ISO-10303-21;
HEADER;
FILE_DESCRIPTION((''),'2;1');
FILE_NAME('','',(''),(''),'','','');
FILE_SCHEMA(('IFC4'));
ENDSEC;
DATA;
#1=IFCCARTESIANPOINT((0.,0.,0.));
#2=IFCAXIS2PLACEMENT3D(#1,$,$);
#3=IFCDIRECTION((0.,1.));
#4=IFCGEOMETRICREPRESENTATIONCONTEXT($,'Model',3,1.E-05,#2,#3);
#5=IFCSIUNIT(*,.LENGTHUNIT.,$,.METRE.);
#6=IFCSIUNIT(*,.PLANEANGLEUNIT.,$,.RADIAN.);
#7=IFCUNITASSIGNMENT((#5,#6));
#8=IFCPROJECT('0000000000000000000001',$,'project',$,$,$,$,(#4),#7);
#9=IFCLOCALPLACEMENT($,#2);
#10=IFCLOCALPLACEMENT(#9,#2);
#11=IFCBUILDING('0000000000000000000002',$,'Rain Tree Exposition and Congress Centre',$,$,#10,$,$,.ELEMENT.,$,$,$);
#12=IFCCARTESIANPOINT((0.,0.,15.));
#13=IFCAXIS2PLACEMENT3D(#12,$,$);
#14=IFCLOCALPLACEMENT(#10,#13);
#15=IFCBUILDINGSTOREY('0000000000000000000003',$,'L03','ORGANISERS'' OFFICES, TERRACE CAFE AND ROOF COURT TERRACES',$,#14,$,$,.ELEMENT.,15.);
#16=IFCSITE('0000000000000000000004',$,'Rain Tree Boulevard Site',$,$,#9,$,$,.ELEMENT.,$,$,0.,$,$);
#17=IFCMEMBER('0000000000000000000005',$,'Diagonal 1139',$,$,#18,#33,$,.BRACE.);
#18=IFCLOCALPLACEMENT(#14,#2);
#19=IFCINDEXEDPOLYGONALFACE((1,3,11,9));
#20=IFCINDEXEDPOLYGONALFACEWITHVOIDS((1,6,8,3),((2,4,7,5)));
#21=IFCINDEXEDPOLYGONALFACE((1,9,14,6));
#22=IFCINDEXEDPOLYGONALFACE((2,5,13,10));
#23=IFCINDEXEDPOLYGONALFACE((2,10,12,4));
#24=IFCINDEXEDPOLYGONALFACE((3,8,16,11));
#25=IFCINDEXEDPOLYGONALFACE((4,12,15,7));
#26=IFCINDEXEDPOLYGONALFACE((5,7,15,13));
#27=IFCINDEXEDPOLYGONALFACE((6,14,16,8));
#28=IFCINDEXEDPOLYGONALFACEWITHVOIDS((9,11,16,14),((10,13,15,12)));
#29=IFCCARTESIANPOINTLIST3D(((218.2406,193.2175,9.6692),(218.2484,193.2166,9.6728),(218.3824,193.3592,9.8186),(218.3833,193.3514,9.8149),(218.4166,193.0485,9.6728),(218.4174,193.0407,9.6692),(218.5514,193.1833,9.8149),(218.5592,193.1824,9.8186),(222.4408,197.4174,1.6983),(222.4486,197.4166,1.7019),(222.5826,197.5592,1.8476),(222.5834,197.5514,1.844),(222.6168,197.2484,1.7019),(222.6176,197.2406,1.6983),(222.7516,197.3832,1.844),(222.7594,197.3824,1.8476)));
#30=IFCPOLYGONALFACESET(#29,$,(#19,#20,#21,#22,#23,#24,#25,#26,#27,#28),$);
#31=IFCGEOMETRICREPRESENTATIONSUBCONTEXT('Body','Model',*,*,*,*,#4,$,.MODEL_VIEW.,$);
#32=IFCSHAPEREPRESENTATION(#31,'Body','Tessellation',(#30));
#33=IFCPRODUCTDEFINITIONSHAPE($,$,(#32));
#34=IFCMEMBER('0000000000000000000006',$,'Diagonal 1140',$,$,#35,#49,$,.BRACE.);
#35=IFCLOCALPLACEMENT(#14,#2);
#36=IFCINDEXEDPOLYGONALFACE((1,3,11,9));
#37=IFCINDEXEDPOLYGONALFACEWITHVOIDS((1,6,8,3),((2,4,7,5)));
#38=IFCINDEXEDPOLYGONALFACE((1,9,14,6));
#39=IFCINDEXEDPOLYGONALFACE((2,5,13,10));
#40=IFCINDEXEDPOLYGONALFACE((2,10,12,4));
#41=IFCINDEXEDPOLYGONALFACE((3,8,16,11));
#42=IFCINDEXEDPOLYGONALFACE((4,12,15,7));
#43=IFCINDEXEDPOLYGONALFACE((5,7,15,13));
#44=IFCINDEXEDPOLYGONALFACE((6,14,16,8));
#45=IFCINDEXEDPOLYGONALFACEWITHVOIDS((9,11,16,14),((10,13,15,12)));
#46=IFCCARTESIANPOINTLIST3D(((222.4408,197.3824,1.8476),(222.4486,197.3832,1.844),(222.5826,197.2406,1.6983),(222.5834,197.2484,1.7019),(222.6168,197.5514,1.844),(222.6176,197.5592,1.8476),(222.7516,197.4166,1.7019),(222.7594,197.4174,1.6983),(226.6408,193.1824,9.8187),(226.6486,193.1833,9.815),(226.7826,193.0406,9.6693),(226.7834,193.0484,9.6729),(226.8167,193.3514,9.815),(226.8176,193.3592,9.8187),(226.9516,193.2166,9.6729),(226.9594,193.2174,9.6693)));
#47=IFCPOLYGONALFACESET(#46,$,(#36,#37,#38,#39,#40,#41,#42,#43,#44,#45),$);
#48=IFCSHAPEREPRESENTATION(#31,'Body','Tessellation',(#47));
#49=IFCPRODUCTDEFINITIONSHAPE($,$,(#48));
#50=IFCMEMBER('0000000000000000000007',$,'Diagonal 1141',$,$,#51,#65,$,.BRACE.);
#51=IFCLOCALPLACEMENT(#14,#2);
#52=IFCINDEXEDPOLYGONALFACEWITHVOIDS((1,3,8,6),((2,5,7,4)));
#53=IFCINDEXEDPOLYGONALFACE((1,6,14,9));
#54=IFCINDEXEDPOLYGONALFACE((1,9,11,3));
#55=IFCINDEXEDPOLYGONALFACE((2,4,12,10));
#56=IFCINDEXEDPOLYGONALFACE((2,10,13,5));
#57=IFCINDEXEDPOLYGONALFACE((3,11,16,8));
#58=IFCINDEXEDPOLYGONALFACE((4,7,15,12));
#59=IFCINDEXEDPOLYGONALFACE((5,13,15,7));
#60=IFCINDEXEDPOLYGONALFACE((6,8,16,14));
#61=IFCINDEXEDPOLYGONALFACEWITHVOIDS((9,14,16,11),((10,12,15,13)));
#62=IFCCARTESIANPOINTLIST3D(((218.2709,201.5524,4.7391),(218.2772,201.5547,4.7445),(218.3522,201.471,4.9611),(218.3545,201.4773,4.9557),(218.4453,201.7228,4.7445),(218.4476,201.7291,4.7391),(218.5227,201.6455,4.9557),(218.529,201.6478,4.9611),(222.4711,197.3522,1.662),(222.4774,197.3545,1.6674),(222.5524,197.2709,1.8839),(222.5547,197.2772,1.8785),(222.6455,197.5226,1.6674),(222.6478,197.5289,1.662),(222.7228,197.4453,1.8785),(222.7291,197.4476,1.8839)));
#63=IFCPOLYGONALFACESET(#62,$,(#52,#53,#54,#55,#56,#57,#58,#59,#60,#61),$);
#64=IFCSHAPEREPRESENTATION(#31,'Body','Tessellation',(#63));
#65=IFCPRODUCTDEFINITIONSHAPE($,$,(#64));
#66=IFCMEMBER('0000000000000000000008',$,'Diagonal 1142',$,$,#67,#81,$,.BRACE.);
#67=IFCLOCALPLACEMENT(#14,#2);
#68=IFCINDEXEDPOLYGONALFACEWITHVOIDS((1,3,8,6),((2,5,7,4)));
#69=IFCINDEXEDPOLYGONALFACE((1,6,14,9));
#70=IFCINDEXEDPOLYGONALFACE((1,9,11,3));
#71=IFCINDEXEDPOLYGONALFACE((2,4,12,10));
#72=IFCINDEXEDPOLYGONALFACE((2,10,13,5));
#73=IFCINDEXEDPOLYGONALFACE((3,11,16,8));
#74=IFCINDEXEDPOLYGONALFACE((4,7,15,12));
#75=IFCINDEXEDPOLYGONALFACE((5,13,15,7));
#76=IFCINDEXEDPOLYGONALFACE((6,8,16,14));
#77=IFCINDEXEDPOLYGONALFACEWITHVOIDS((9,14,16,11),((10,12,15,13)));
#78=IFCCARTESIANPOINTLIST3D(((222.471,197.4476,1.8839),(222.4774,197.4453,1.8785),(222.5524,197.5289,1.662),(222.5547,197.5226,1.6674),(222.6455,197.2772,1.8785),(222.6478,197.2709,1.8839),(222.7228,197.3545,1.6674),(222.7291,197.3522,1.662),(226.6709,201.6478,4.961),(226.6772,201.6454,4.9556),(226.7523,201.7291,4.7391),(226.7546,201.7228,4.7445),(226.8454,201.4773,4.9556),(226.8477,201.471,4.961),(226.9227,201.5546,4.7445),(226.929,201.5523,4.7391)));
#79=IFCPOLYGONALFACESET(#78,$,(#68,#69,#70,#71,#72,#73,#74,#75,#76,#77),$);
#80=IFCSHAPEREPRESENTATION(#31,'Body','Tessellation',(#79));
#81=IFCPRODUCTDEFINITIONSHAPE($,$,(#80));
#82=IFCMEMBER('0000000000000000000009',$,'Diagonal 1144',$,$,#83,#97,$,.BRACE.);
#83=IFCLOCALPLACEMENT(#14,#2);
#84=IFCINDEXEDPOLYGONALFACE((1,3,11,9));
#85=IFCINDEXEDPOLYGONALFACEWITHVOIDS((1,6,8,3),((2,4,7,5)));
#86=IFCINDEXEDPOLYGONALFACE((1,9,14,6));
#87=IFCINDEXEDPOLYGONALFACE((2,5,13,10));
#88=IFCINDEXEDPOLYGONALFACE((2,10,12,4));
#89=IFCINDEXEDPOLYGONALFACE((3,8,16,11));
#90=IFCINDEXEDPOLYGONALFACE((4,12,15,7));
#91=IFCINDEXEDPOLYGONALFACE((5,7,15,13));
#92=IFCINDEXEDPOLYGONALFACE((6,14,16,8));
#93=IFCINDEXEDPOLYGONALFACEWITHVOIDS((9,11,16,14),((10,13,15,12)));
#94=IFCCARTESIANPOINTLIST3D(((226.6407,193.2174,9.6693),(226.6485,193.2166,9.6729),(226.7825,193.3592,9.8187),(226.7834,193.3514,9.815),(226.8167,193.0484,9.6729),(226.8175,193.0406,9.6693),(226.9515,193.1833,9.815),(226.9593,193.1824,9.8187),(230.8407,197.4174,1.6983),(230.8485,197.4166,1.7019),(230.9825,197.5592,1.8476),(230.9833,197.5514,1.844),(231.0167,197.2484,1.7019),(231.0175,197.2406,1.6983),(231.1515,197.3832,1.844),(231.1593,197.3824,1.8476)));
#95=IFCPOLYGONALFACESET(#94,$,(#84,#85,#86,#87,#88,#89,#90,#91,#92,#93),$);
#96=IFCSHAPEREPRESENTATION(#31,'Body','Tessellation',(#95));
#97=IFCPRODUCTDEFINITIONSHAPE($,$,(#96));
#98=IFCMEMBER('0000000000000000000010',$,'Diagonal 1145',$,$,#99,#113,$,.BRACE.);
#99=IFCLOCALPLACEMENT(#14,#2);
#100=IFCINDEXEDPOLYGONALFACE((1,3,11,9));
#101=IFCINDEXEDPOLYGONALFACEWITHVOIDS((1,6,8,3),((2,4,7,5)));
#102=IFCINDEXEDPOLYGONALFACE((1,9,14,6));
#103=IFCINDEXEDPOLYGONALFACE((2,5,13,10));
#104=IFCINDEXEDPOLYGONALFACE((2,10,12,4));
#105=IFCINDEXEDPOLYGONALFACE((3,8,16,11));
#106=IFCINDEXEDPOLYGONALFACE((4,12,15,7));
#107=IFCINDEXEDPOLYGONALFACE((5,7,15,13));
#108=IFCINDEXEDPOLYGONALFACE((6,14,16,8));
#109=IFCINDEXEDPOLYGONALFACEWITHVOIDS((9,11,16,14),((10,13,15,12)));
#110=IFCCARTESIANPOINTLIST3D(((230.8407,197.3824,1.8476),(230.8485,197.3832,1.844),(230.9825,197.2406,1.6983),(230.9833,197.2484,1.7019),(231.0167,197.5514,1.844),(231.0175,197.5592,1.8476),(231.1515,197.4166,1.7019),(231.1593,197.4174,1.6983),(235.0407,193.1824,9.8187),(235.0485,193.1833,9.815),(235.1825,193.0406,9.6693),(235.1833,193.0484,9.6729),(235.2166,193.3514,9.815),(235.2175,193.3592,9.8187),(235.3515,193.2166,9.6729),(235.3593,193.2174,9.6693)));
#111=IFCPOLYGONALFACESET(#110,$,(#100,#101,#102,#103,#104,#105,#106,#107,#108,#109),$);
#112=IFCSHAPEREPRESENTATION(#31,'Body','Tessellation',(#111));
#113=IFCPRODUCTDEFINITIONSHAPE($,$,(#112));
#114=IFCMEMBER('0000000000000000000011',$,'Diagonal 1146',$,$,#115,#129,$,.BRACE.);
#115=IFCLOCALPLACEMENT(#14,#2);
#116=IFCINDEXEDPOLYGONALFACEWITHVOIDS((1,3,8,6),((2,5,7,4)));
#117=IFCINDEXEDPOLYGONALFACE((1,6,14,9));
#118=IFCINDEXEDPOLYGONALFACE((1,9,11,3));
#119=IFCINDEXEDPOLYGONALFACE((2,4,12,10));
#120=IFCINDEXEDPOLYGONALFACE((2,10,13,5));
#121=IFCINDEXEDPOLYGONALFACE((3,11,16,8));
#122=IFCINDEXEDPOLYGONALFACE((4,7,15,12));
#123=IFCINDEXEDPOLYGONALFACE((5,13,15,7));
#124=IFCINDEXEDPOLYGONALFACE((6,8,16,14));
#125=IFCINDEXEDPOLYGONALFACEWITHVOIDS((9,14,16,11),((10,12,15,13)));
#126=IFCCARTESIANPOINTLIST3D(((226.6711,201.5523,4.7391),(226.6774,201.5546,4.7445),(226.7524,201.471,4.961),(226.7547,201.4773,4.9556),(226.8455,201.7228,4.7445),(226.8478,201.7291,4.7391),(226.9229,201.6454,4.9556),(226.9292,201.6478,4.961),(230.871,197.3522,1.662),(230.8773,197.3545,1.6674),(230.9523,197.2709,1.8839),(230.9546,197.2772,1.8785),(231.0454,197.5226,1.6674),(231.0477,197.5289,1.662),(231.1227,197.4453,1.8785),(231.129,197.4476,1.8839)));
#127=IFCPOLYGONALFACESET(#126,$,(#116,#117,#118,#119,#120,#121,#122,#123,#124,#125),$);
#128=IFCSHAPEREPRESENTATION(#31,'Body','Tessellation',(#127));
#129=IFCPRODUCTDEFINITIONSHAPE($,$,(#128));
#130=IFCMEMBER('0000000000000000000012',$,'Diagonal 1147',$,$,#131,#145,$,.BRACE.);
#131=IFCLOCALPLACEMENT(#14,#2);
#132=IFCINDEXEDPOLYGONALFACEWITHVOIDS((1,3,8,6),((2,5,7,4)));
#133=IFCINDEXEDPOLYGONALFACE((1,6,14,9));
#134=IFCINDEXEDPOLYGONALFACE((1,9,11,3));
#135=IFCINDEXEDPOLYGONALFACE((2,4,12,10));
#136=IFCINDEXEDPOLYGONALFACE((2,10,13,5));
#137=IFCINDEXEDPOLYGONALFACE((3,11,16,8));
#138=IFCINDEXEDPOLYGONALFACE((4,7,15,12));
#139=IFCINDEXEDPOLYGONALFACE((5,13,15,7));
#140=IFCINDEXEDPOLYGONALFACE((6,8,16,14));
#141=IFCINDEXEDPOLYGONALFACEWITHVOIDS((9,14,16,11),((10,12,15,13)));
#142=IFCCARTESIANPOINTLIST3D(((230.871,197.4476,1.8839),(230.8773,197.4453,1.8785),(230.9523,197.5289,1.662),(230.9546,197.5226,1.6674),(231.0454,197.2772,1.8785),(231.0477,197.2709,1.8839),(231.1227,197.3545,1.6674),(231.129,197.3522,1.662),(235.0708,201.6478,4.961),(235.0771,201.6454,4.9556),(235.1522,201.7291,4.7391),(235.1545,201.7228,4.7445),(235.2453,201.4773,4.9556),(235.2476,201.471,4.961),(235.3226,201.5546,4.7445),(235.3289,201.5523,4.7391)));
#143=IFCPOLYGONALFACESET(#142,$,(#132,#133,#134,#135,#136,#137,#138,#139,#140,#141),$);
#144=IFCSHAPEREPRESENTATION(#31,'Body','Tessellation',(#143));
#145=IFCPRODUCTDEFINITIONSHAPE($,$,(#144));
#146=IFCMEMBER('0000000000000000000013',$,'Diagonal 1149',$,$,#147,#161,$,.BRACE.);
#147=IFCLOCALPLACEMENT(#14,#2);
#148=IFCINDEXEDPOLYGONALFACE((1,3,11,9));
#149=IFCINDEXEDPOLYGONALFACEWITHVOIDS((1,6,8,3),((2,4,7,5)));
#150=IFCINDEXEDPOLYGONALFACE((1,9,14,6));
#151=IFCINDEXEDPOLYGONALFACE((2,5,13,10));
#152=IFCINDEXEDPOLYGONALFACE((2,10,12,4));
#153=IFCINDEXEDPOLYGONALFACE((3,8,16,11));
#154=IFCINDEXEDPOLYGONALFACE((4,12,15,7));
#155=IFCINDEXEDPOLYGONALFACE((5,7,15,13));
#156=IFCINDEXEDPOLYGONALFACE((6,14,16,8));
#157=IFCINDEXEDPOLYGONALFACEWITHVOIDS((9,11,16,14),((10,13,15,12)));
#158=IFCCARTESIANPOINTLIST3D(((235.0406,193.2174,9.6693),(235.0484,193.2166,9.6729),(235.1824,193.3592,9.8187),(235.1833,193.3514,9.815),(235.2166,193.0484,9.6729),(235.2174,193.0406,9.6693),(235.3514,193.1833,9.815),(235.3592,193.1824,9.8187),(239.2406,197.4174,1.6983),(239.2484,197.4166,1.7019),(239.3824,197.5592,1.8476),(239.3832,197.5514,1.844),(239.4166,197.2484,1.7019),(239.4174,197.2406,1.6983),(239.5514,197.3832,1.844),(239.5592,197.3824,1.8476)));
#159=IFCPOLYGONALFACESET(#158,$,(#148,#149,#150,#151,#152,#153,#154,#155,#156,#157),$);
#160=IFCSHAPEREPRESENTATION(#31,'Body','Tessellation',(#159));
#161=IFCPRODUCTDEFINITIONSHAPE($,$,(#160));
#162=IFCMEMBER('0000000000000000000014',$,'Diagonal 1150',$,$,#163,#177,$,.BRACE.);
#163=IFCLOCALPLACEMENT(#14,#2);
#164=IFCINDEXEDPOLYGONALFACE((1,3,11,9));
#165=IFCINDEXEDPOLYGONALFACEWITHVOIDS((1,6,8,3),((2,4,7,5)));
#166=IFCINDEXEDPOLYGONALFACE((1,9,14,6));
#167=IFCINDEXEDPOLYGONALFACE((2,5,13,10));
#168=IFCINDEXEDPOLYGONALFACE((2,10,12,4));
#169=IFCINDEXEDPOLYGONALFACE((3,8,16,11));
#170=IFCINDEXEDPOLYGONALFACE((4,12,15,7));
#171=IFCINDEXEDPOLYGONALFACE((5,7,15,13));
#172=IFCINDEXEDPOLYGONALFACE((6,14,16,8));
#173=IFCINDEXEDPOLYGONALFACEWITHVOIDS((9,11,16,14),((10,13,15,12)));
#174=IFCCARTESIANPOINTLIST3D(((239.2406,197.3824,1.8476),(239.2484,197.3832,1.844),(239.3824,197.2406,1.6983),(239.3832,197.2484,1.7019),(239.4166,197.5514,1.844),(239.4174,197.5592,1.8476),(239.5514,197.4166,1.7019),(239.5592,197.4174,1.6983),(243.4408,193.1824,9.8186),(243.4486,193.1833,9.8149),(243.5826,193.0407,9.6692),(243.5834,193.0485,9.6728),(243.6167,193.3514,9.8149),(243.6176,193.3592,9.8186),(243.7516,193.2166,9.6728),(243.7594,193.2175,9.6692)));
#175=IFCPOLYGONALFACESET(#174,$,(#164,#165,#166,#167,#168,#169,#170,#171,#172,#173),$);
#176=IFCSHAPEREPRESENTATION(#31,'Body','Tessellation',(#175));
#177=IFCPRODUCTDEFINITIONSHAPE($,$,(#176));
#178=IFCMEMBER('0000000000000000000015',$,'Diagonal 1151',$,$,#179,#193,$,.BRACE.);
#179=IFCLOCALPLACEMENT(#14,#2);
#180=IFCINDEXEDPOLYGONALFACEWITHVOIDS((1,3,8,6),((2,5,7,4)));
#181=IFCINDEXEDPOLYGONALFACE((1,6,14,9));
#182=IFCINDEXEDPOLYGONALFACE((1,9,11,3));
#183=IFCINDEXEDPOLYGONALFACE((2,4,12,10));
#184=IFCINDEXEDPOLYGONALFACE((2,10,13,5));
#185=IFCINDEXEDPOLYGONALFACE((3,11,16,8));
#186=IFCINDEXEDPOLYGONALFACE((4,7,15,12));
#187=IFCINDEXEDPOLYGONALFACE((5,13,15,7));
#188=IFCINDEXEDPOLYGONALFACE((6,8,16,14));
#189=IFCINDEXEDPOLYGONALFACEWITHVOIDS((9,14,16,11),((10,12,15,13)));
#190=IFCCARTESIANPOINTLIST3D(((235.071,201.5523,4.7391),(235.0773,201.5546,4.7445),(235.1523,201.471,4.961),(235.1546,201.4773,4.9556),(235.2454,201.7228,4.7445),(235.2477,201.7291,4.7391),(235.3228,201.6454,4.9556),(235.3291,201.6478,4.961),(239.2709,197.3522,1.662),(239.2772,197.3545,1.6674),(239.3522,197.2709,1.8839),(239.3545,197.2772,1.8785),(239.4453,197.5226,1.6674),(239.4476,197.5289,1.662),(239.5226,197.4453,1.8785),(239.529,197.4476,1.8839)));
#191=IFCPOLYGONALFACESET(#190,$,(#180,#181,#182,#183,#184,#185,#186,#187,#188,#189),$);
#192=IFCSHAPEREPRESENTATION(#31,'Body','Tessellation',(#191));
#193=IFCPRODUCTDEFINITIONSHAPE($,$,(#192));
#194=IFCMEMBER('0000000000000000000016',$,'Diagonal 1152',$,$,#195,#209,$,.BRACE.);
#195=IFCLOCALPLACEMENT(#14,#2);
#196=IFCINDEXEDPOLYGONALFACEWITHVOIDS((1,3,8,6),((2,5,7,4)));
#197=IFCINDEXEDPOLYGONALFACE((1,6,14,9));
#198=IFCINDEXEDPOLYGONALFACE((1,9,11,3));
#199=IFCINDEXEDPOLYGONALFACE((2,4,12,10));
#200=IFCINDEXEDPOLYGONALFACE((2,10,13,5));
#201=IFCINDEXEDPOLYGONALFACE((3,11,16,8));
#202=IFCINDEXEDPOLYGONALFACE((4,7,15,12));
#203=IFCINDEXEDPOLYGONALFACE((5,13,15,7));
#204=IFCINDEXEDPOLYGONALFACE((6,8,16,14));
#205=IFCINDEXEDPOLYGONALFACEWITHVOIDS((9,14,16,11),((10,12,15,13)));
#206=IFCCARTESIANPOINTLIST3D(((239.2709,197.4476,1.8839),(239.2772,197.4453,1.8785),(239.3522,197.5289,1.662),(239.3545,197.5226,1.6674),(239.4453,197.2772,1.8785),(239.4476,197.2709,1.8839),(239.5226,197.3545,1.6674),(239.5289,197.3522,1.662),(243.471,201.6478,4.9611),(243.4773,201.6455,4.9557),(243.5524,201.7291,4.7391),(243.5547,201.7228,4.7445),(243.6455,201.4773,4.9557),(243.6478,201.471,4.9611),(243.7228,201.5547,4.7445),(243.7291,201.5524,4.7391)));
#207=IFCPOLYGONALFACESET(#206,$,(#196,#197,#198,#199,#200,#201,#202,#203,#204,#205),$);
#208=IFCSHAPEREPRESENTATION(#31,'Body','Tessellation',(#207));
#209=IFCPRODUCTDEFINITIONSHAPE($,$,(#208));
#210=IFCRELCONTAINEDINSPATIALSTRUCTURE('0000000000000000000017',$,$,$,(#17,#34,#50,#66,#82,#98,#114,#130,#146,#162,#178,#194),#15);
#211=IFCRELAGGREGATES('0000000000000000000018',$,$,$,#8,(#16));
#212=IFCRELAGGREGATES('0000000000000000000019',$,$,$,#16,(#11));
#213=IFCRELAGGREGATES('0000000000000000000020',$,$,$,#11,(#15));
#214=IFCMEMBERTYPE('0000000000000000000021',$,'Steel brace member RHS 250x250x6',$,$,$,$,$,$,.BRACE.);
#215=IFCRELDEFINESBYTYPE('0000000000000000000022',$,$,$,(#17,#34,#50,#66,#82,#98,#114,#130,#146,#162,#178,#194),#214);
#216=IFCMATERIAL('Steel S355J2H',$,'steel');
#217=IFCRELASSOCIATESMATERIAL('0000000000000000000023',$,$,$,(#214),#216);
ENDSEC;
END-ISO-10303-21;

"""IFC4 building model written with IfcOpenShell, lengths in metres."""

from ifc_helpers import new_model, si_unit, direction, frame, origin, origin_2d, place, context, subcontext, project, spatial, hollow_rectangle, extrude, material, material_profile, profile_set, type_object, element, save


model = new_model("IFC4")

# Units and contexts
model_context = context("Model", 3, precision=1e-05, world=origin(), true_north=direction((0.0, 1.0)))
body_context = subcontext(model_context, "Body", "Model", "MODEL_VIEW")
ifc_project = project(units=[si_unit("LENGTHUNIT", "METRE"), si_unit("PLANEANGLEUNIT", "RADIAN")], contexts=[model_context])

# Site, building, storey
site_placement = place(None, origin())
site = spatial("IfcSite", under=ifc_project, at=site_placement, Name="Rain Tree Boulevard Site", CompositionType="ELEMENT", RefElevation=0.0)
building_placement = place(site_placement, origin())
building = spatial("IfcBuilding", under=site, at=building_placement, Name="Rain Tree Exposition and Congress Centre", CompositionType="ELEMENT")
storey_placement = place(building_placement, frame((0.0, 0.0, 15.0)))
storey = spatial("IfcBuildingStorey", under=building, at=storey_placement, Name="L03", Description="ORGANISERS' OFFICES, TERRACE CAFE AND ROOF COURT TERRACES", CompositionType="ELEMENT", Elevation=15.0)

# Members
ifc_material_1 = material(Name="Steel S355J2H", Category="steel")
ifc_material_profile_1 = material_profile(ifc_material_1, hollow_rectangle(XDim=0.25, YDim=0.25, WallThickness=0.0061, at=origin_2d()), Name="RHS 250x250x6")
ifc_profile_set_1 = profile_set([ifc_material_profile_1], Name="Steel S355J2H")
member_type_1 = type_object("IfcMemberType", Name="Steel brace member RHS 250x250x6", PredefinedType="BRACE", material=ifc_profile_set_1)
for number, where, z_axis, x_axis, name in (
    (1, (222.6001, 197.3999, 1.7729), (-0.422526, -0.422501, 0.801851), (0.707086, -0.707127, 0.0), "Diagonal 1139"),
    (2, (222.6001, 197.3999, 1.7729), (0.422506, -0.422506, 0.801859), (0.707107, 0.707107, 0.0), "Diagonal 1140"),
):
    element("IfcMember", number, at=place(storey_placement, frame(where, z_axis=z_axis, x_axis=x_axis)), inside=storey, type_object=member_type_1, Name=name, PredefinedType="BRACE", context=body_context, shape_type="SweptSolid", body=[
        extrude(hollow_rectangle(XDim=0.25, YDim=0.25, WallThickness=0.0061, at=origin_2d()), origin(), (0.0, 0.0, 1.0), 9.9407),
    ])
member_1_placement = place(storey_placement, frame((222.6001, 197.3999, 1.7729), z_axis=(-0.62786, 0.62786, 0.459983), x_axis=(-0.707107, -0.707107, 0.0)))
element("IfcMember", 3, at=member_1_placement, inside=storey, type_object=member_type_1, Name="Diagonal 1141", PredefinedType="BRACE", context=body_context, shape_type="SweptSolid", body=[
    extrude(hollow_rectangle(XDim=0.25, YDim=0.25, WallThickness=0.0061, at=origin_2d()), origin(), (0.0, 0.0, 1.0), 6.6897),
])
member_2_placement = place(storey_placement, frame((222.6001, 197.3999, 1.7729), z_axis=(0.627838, 0.627874, 0.459993), x_axis=(-0.707127, 0.707086, 0.0)))
element("IfcMember", 4, at=member_2_placement, inside=storey, type_object=member_type_1, Name="Diagonal 1142", PredefinedType="BRACE", context=body_context, shape_type="SweptSolid", body=[
    extrude(hollow_rectangle(XDim=0.25, YDim=0.25, WallThickness=0.0061, at=origin_2d()), origin(), (0.0, 0.0, 1.0), 6.6895),
])
for number, where, z_axis, x_axis, name in (
    (5, (231.0, 197.3999, 1.7729), (-0.422506, -0.422506, 0.801859), (0.707107, -0.707107, 0.0), "Diagonal 1144"),
    (6, (231.0, 197.3999, 1.7729), (0.422506, -0.422506, 0.801859), (0.707107, 0.707107, 0.0), "Diagonal 1145"),
):
    element("IfcMember", number, at=place(storey_placement, frame(where, z_axis=z_axis, x_axis=x_axis)), inside=storey, type_object=member_type_1, Name=name, PredefinedType="BRACE", context=body_context, shape_type="SweptSolid", body=[
        extrude(hollow_rectangle(XDim=0.25, YDim=0.25, WallThickness=0.0061, at=origin_2d()), origin(), (0.0, 0.0, 1.0), 9.9407),
    ])
for number, where, z_axis, x_axis, name in (
    (7, (231.0, 197.3999, 1.7729), (-0.627838, 0.627874, 0.459993), (-0.707127, -0.707086, 0.0), "Diagonal 1146"),
    (8, (231.0, 197.3999, 1.7729), (0.627838, 0.627874, 0.459993), (-0.707127, 0.707086, 0.0), "Diagonal 1147"),
):
    element("IfcMember", number, at=place(storey_placement, frame(where, z_axis=z_axis, x_axis=x_axis)), inside=storey, type_object=member_type_1, Name=name, PredefinedType="BRACE", context=body_context, shape_type="SweptSolid", body=[
        extrude(hollow_rectangle(XDim=0.25, YDim=0.25, WallThickness=0.0061, at=origin_2d()), origin(), (0.0, 0.0, 1.0), 6.6895),
    ])
for number, where, z_axis, x_axis, name in (
    (9, (239.3999, 197.3999, 1.7729), (-0.422506, -0.422506, 0.801859), (0.707107, -0.707107, 0.0), "Diagonal 1149"),
    (10, (239.3999, 197.3999, 1.7729), (0.422526, -0.422501, 0.801851), (0.707086, 0.707127, 0.0), "Diagonal 1150"),
):
    element("IfcMember", number, at=place(storey_placement, frame(where, z_axis=z_axis, x_axis=x_axis)), inside=storey, type_object=member_type_1, Name=name, PredefinedType="BRACE", context=body_context, shape_type="SweptSolid", body=[
        extrude(hollow_rectangle(XDim=0.25, YDim=0.25, WallThickness=0.0061, at=origin_2d()), origin(), (0.0, 0.0, 1.0), 9.9407),
    ])
member_3_placement = place(storey_placement, frame((239.3999, 197.3999, 1.7729), z_axis=(-0.627838, 0.627874, 0.459993), x_axis=(-0.707127, -0.707086, 0.0)))
element("IfcMember", 11, at=member_3_placement, inside=storey, type_object=member_type_1, Name="Diagonal 1151", PredefinedType="BRACE", context=body_context, shape_type="SweptSolid", body=[
    extrude(hollow_rectangle(XDim=0.25, YDim=0.25, WallThickness=0.0061, at=origin_2d()), origin(), (0.0, 0.0, 1.0), 6.6895),
])
member_4_placement = place(storey_placement, frame((239.3999, 197.3999, 1.7729), z_axis=(0.62786, 0.62786, 0.459983), x_axis=(-0.707107, 0.707107, 0.0)))
element("IfcMember", 12, at=member_4_placement, inside=storey, type_object=member_type_1, Name="Diagonal 1152", PredefinedType="BRACE", context=body_context, shape_type="SweptSolid", body=[
    extrude(hollow_rectangle(XDim=0.25, YDim=0.25, WallThickness=0.0061, at=origin_2d()), origin(), (0.0, 0.0, 1.0), 6.6897),
])

save(model, "model.ifc")
